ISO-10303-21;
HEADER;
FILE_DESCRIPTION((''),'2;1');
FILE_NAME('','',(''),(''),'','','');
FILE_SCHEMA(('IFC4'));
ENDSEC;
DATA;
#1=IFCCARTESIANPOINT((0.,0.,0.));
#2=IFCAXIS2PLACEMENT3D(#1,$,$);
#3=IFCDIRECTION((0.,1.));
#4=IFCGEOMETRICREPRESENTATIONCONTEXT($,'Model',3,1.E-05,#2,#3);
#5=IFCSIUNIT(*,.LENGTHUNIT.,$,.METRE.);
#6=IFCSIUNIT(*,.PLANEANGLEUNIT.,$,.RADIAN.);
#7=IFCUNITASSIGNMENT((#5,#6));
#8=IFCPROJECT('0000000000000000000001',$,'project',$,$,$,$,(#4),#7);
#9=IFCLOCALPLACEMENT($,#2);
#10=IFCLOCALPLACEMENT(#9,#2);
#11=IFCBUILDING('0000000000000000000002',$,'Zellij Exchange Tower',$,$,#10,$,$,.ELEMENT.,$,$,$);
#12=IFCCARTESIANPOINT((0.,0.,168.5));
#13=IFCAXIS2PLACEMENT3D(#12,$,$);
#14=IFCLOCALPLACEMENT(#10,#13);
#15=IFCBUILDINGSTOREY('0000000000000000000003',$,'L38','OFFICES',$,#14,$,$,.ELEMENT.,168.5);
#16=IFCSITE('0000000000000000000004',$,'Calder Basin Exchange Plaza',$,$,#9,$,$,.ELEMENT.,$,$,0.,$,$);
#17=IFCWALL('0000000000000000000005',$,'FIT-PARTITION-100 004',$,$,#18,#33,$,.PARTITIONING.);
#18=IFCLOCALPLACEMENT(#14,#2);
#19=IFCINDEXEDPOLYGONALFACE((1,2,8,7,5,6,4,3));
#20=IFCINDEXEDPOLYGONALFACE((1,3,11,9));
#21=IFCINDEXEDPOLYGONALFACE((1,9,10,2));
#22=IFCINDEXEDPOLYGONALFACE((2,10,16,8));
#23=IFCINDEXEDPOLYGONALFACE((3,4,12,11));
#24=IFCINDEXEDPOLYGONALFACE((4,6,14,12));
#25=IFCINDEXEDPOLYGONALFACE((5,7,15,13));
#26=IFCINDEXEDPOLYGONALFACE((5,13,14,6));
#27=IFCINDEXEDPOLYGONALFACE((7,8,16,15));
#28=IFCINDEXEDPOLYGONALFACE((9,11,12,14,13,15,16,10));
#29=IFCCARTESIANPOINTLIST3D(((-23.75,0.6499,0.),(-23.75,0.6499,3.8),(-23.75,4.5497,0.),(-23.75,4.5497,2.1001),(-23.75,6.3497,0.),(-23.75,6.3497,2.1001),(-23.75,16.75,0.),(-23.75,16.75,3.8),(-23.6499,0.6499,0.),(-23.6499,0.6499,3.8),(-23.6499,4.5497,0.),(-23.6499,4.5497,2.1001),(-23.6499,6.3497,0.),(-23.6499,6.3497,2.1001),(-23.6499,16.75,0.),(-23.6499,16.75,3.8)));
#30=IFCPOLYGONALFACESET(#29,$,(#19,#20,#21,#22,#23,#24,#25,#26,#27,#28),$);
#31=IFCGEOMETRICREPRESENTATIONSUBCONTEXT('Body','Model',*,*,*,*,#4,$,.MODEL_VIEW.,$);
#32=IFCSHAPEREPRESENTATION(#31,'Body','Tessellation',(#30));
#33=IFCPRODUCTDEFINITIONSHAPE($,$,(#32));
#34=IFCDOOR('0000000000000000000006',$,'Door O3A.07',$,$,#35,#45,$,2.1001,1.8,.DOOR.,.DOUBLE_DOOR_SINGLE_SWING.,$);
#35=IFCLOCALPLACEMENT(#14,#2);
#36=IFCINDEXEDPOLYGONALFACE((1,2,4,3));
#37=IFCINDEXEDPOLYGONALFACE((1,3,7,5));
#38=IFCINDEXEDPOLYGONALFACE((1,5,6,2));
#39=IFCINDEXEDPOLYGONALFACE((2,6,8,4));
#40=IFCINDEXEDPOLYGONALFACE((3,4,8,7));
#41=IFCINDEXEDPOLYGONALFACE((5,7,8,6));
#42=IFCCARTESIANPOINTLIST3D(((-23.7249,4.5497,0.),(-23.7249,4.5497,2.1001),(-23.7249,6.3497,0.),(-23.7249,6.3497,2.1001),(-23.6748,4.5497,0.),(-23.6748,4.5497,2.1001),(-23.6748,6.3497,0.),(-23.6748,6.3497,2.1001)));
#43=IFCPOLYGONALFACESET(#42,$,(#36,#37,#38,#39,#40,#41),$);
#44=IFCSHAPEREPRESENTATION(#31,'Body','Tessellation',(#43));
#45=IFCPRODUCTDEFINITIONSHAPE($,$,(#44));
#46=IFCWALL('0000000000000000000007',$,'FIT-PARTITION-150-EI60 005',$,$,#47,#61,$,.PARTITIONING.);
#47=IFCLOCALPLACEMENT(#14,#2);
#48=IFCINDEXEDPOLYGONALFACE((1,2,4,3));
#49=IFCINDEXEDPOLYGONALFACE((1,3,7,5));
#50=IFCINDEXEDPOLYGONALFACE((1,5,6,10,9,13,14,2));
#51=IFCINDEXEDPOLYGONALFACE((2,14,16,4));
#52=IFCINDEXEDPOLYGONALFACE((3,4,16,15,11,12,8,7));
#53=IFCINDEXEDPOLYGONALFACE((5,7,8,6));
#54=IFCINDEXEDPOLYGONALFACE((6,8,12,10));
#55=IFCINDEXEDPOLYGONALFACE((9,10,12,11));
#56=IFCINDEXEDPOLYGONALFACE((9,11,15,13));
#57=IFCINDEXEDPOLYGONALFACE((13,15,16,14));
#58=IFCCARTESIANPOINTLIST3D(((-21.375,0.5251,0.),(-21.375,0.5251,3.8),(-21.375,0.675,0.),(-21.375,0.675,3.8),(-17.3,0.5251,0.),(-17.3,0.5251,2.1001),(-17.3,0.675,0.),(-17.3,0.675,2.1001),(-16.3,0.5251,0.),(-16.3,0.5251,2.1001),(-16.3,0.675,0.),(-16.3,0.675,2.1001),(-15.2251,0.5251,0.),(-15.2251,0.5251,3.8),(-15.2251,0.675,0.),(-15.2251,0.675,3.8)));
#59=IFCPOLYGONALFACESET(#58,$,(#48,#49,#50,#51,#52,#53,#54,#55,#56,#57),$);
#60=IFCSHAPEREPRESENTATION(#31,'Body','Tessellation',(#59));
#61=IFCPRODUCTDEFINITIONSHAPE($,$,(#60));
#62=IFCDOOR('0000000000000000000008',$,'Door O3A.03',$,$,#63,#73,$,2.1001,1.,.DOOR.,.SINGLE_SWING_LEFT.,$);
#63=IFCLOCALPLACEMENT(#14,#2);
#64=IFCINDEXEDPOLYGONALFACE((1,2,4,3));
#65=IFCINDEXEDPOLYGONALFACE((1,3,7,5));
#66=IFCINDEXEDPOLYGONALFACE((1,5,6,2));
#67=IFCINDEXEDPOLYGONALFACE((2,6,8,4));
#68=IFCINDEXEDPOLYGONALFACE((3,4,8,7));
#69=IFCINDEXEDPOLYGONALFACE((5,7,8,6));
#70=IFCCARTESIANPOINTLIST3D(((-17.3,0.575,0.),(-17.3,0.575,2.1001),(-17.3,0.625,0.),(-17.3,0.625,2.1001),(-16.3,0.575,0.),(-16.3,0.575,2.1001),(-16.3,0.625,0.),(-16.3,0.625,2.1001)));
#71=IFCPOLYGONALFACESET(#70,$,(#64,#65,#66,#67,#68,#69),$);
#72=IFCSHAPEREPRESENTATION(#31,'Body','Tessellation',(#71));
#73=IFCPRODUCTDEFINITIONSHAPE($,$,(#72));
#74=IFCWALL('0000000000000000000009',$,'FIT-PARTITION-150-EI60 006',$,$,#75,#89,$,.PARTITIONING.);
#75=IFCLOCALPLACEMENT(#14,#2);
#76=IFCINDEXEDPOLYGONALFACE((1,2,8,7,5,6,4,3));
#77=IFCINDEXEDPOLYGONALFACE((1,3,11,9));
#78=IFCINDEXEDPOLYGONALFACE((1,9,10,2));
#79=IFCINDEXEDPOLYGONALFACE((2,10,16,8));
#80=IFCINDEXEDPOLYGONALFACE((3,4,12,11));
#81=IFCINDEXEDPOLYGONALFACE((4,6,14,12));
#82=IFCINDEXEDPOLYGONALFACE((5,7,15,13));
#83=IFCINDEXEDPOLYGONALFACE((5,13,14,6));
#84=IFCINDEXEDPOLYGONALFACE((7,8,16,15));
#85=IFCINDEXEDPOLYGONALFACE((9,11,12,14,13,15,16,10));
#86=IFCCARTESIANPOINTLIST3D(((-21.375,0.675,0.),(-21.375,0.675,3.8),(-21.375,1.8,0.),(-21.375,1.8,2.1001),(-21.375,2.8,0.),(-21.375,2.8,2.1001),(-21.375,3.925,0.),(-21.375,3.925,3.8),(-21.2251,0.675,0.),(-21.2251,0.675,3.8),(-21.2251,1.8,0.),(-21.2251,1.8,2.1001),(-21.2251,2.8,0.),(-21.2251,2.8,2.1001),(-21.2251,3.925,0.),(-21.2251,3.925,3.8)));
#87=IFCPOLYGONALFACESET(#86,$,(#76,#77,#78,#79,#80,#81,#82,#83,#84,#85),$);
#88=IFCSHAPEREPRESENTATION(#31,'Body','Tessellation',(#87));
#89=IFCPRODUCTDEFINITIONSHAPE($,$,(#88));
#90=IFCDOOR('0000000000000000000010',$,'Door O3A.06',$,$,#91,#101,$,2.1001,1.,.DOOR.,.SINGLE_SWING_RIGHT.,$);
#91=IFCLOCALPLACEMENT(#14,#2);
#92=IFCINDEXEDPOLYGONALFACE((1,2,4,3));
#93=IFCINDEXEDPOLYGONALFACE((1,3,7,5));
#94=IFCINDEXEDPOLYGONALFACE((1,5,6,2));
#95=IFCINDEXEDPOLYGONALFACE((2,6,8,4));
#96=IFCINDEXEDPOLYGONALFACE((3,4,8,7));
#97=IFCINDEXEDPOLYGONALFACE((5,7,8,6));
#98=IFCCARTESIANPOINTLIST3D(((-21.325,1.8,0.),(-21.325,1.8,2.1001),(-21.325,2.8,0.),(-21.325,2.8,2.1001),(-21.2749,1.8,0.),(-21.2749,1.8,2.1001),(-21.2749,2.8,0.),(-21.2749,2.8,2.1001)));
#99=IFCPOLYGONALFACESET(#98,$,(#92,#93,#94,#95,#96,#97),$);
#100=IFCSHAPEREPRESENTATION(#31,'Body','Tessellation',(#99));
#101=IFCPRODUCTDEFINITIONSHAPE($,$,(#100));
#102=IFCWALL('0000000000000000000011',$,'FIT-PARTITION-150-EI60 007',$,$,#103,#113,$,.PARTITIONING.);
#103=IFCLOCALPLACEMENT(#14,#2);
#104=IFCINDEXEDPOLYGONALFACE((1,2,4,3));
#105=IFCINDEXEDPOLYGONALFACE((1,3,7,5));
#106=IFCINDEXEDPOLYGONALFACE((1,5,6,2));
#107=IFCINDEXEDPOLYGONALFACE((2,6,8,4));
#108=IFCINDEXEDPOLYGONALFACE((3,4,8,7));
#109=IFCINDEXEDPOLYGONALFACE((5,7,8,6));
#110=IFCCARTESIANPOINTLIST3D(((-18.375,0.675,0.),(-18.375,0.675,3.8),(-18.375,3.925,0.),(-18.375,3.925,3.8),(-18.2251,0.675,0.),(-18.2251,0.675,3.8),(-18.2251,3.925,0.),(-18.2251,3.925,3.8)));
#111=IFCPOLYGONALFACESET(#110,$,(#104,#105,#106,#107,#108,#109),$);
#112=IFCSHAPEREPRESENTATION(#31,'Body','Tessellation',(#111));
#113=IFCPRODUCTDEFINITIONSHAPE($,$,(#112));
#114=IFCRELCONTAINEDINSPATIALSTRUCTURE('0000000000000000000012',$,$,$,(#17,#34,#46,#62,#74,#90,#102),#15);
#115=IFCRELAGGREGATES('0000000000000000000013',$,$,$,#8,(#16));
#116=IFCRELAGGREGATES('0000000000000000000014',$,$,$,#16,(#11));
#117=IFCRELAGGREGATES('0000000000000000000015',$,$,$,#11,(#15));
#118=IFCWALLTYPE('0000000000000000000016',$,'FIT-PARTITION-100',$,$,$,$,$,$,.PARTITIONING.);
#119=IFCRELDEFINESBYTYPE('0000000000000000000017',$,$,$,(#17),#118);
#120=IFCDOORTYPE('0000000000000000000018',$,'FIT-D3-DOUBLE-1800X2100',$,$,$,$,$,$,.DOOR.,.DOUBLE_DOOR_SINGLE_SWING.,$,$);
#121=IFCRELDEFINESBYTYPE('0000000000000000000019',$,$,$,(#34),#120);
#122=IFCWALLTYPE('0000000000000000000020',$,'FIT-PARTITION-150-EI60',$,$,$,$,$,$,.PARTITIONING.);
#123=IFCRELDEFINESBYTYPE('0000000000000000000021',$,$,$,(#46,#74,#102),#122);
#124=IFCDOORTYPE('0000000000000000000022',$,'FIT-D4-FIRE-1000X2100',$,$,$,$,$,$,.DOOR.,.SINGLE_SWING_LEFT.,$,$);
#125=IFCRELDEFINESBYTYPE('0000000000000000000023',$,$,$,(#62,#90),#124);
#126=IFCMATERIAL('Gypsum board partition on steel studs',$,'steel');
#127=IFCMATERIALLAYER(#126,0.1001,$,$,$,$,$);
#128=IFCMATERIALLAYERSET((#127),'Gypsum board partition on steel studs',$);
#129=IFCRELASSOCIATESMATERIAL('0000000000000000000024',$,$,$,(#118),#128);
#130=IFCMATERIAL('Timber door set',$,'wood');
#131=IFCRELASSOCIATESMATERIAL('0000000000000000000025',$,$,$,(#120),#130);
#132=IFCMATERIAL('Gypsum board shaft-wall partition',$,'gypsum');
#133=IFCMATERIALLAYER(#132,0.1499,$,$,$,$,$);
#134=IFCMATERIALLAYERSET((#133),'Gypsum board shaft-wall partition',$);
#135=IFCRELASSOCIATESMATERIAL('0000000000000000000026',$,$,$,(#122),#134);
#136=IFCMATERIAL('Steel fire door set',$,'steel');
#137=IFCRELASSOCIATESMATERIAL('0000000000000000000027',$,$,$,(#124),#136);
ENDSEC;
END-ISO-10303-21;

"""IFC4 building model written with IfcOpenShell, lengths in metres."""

from ifc_helpers import new_model, si_unit, direction, frame, frame_2d, origin, place, context, subcontext, project, spatial, rectangle, extrude, material, layer, layer_set, type_object, element, fill, save


model = new_model("IFC4")

# Units and contexts
model_context = context("Model", 3, precision=1e-05, world=origin(), true_north=direction((0.0, 1.0)))
body_context = subcontext(model_context, "Body", "Model", "MODEL_VIEW")
ifc_project = project(units=[si_unit("LENGTHUNIT", "METRE"), si_unit("PLANEANGLEUNIT", "RADIAN")], contexts=[model_context])

# Site, building, storey
site_placement = place(None, origin())
site = spatial("IfcSite", under=ifc_project, at=site_placement, Name="Calder Basin Exchange Plaza", CompositionType="ELEMENT", RefElevation=0.0)
building_placement = place(site_placement, origin())
building = spatial("IfcBuilding", under=site, at=building_placement, Name="Zellij Exchange Tower", CompositionType="ELEMENT")
storey_placement = place(building_placement, frame((0.0, 0.0, 168.5)))
storey = spatial("IfcBuildingStorey", under=building, at=storey_placement, Name="L38", Description="OFFICES", CompositionType="ELEMENT", Elevation=168.5)

# Walls, openings, doors
ifc_material_1 = material(Name="Gypsum board partition on steel studs", Category="steel")
ifc_layer_1 = layer(ifc_material_1, 0.1001)
ifc_layer_set_1 = layer_set([ifc_layer_1], Name="Gypsum board partition on steel studs")
wall_type_1 = type_object("IfcWallType", Name="FIT-PARTITION-100", PredefinedType="PARTITIONING", material=ifc_layer_set_1)
wall_1_placement = place(storey_placement, frame((-23.7, 0.6499, 0.0), z_axis=(0.0, 0.0, 1.0), x_axis=(0.0, 1.0, 0.0)))
wall_1 = element("IfcWall", 1, at=wall_1_placement, inside=storey, type_object=wall_type_1, Name="FIT-PARTITION-100 004", PredefinedType="PARTITIONING", context=body_context, shape_type="SweptSolid", body=[
    extrude(rectangle(XDim=16.1001, YDim=0.1001, at=frame_2d((8.05, 0.0))), origin(), (0.0, 0.0, 1.0), 3.8),
])
opening_1_placement = place(wall_1_placement, frame((3.8999, 0.0, 0.0)))
opening_1 = element("IfcOpeningElement", 2, at=opening_1_placement, cuts=wall_1, PredefinedType="OPENING", context=body_context, shape_type="SweptSolid", body=[
    extrude(rectangle(XDim=1.8, YDim=2.1001, at=frame_2d((0.8999, 1.05))), frame((0.0, 0.062, 0.0), z_axis=(0.0, -1.0, 0.0), x_axis=(1.0, 0.0, 0.0)), (0.0, 0.0, 1.0), 0.124),
])
ifc_material_2 = material(Name="Timber door set", Category="wood")
door_type_1 = type_object("IfcDoorType", Name="FIT-D3-DOUBLE-1800X2100", OperationType="DOUBLE_DOOR_SINGLE_SWING", PredefinedType="DOOR", material=ifc_material_2)
door_1_placement = place(opening_1_placement, origin())
door_1 = element("IfcDoor", 3, at=door_1_placement, inside=storey, type_object=door_type_1, Name="Door O3A.07", OperationType="DOUBLE_DOOR_SINGLE_SWING", OverallHeight=2.1001, OverallWidth=1.8, PredefinedType="DOOR", context=body_context, shape_type="SweptSolid", body=[
    extrude(rectangle(XDim=1.8, YDim=2.1001, at=frame_2d((0.8999, 1.05))), frame((0.0, 0.0249, 0.0), z_axis=(0.0, -1.0, 0.0), x_axis=(1.0, 0.0, 0.0)), (0.0, 0.0, 1.0), 0.05),
])
fill(opening_1, door_1)
ifc_material_3 = material(Name="Gypsum board shaft-wall partition", Category="gypsum")
ifc_layer_2 = layer(ifc_material_3, 0.1499)
ifc_layer_set_2 = layer_set([ifc_layer_2], Name="Gypsum board shaft-wall partition")
wall_type_2 = type_object("IfcWallType", Name="FIT-PARTITION-150-EI60", PredefinedType="PARTITIONING", material=ifc_layer_set_2)
wall_2_placement = place(storey_placement, frame((-21.375, 0.6001, 0.0), z_axis=(0.0, 0.0, 1.0), x_axis=(1.0, 0.0, 0.0)))
wall_2 = element("IfcWall", 4, at=wall_2_placement, inside=storey, type_object=wall_type_2, Name="FIT-PARTITION-150-EI60 005", PredefinedType="PARTITIONING", context=body_context, shape_type="SweptSolid", body=[
    extrude(rectangle(XDim=6.1499, YDim=0.1499, at=frame_2d((3.075, 0.0))), origin(), (0.0, 0.0, 1.0), 3.8),
])
opening_2_placement = place(wall_2_placement, frame((4.075, 0.0, 0.0)))
opening_2 = element("IfcOpeningElement", 5, at=opening_2_placement, cuts=wall_2, PredefinedType="OPENING", context=body_context, shape_type="SweptSolid", body=[
    extrude(rectangle(XDim=1.0, YDim=2.1001, at=frame_2d((0.5, 1.05))), frame((0.0, 0.0869, 0.0), z_axis=(0.0, -1.0, 0.0), x_axis=(1.0, 0.0, 0.0)), (0.0, 0.0, 1.0), 0.1738),
])
ifc_material_4 = material(Name="Steel fire door set", Category="steel")
door_type_2 = type_object("IfcDoorType", Name="FIT-D4-FIRE-1000X2100", OperationType="SINGLE_SWING_LEFT", PredefinedType="DOOR", material=ifc_material_4)
door_2_placement = place(opening_2_placement, origin())
door_2 = element("IfcDoor", 6, at=door_2_placement, inside=storey, type_object=door_type_2, Name="Door O3A.03", OperationType="SINGLE_SWING_LEFT", OverallHeight=2.1001, OverallWidth=1.0, PredefinedType="DOOR", context=body_context, shape_type="SweptSolid", body=[
    extrude(rectangle(XDim=1.0, YDim=2.1001, at=frame_2d((0.5, 1.05))), frame((0.0, 0.0249, 0.0), z_axis=(0.0, -1.0, 0.0), x_axis=(1.0, 0.0, 0.0)), (0.0, 0.0, 1.0), 0.05),
])
fill(opening_2, door_2)
wall_3_placement = place(storey_placement, frame((-21.3, 0.675, 0.0), z_axis=(0.0, 0.0, 1.0), x_axis=(0.0, 1.0, 0.0)))
wall_3 = element("IfcWall", 7, at=wall_3_placement, inside=storey, type_object=wall_type_2, Name="FIT-PARTITION-150-EI60 006", PredefinedType="PARTITIONING", context=body_context, shape_type="SweptSolid", body=[
    extrude(rectangle(XDim=3.25, YDim=0.1499, at=frame_2d((1.625, 0.0))), origin(), (0.0, 0.0, 1.0), 3.8),
])
opening_3_placement = place(wall_3_placement, frame((1.125, 0.0, 0.0)))
opening_3 = element("IfcOpeningElement", 8, at=opening_3_placement, cuts=wall_3, PredefinedType="OPENING", context=body_context, shape_type="SweptSolid", body=[
    extrude(rectangle(XDim=1.0, YDim=2.1001, at=frame_2d((0.5, 1.05))), frame((0.0, 0.0869, 0.0), z_axis=(0.0, -1.0, 0.0), x_axis=(1.0, 0.0, 0.0)), (0.0, 0.0, 1.0), 0.1738),
])
door_3_placement = place(opening_3_placement, origin())
door_3 = element("IfcDoor", 9, at=door_3_placement, inside=storey, type_object=door_type_2, Name="Door O3A.06", OperationType="SINGLE_SWING_RIGHT", OverallHeight=2.1001, OverallWidth=1.0, PredefinedType="DOOR", context=body_context, shape_type="SweptSolid", body=[
    extrude(rectangle(XDim=1.0, YDim=2.1001, at=frame_2d((0.5, 1.05))), frame((0.0, 0.0249, 0.0), z_axis=(0.0, -1.0, 0.0), x_axis=(1.0, 0.0, 0.0)), (0.0, 0.0, 1.0), 0.05),
])
fill(opening_3, door_3)

# Wall
wall_4_placement = place(storey_placement, frame((-18.3, 0.675, 0.0), z_axis=(0.0, 0.0, 1.0), x_axis=(0.0, 1.0, 0.0)))
element("IfcWall", 10, at=wall_4_placement, inside=storey, type_object=wall_type_2, Name="FIT-PARTITION-150-EI60 007", PredefinedType="PARTITIONING", context=body_context, shape_type="SweptSolid", body=[
    extrude(rectangle(XDim=3.25, YDim=0.1499, at=frame_2d((1.625, 0.0))), origin(), (0.0, 0.0, 1.0), 3.8),
])

save(model, "model.ifc")
